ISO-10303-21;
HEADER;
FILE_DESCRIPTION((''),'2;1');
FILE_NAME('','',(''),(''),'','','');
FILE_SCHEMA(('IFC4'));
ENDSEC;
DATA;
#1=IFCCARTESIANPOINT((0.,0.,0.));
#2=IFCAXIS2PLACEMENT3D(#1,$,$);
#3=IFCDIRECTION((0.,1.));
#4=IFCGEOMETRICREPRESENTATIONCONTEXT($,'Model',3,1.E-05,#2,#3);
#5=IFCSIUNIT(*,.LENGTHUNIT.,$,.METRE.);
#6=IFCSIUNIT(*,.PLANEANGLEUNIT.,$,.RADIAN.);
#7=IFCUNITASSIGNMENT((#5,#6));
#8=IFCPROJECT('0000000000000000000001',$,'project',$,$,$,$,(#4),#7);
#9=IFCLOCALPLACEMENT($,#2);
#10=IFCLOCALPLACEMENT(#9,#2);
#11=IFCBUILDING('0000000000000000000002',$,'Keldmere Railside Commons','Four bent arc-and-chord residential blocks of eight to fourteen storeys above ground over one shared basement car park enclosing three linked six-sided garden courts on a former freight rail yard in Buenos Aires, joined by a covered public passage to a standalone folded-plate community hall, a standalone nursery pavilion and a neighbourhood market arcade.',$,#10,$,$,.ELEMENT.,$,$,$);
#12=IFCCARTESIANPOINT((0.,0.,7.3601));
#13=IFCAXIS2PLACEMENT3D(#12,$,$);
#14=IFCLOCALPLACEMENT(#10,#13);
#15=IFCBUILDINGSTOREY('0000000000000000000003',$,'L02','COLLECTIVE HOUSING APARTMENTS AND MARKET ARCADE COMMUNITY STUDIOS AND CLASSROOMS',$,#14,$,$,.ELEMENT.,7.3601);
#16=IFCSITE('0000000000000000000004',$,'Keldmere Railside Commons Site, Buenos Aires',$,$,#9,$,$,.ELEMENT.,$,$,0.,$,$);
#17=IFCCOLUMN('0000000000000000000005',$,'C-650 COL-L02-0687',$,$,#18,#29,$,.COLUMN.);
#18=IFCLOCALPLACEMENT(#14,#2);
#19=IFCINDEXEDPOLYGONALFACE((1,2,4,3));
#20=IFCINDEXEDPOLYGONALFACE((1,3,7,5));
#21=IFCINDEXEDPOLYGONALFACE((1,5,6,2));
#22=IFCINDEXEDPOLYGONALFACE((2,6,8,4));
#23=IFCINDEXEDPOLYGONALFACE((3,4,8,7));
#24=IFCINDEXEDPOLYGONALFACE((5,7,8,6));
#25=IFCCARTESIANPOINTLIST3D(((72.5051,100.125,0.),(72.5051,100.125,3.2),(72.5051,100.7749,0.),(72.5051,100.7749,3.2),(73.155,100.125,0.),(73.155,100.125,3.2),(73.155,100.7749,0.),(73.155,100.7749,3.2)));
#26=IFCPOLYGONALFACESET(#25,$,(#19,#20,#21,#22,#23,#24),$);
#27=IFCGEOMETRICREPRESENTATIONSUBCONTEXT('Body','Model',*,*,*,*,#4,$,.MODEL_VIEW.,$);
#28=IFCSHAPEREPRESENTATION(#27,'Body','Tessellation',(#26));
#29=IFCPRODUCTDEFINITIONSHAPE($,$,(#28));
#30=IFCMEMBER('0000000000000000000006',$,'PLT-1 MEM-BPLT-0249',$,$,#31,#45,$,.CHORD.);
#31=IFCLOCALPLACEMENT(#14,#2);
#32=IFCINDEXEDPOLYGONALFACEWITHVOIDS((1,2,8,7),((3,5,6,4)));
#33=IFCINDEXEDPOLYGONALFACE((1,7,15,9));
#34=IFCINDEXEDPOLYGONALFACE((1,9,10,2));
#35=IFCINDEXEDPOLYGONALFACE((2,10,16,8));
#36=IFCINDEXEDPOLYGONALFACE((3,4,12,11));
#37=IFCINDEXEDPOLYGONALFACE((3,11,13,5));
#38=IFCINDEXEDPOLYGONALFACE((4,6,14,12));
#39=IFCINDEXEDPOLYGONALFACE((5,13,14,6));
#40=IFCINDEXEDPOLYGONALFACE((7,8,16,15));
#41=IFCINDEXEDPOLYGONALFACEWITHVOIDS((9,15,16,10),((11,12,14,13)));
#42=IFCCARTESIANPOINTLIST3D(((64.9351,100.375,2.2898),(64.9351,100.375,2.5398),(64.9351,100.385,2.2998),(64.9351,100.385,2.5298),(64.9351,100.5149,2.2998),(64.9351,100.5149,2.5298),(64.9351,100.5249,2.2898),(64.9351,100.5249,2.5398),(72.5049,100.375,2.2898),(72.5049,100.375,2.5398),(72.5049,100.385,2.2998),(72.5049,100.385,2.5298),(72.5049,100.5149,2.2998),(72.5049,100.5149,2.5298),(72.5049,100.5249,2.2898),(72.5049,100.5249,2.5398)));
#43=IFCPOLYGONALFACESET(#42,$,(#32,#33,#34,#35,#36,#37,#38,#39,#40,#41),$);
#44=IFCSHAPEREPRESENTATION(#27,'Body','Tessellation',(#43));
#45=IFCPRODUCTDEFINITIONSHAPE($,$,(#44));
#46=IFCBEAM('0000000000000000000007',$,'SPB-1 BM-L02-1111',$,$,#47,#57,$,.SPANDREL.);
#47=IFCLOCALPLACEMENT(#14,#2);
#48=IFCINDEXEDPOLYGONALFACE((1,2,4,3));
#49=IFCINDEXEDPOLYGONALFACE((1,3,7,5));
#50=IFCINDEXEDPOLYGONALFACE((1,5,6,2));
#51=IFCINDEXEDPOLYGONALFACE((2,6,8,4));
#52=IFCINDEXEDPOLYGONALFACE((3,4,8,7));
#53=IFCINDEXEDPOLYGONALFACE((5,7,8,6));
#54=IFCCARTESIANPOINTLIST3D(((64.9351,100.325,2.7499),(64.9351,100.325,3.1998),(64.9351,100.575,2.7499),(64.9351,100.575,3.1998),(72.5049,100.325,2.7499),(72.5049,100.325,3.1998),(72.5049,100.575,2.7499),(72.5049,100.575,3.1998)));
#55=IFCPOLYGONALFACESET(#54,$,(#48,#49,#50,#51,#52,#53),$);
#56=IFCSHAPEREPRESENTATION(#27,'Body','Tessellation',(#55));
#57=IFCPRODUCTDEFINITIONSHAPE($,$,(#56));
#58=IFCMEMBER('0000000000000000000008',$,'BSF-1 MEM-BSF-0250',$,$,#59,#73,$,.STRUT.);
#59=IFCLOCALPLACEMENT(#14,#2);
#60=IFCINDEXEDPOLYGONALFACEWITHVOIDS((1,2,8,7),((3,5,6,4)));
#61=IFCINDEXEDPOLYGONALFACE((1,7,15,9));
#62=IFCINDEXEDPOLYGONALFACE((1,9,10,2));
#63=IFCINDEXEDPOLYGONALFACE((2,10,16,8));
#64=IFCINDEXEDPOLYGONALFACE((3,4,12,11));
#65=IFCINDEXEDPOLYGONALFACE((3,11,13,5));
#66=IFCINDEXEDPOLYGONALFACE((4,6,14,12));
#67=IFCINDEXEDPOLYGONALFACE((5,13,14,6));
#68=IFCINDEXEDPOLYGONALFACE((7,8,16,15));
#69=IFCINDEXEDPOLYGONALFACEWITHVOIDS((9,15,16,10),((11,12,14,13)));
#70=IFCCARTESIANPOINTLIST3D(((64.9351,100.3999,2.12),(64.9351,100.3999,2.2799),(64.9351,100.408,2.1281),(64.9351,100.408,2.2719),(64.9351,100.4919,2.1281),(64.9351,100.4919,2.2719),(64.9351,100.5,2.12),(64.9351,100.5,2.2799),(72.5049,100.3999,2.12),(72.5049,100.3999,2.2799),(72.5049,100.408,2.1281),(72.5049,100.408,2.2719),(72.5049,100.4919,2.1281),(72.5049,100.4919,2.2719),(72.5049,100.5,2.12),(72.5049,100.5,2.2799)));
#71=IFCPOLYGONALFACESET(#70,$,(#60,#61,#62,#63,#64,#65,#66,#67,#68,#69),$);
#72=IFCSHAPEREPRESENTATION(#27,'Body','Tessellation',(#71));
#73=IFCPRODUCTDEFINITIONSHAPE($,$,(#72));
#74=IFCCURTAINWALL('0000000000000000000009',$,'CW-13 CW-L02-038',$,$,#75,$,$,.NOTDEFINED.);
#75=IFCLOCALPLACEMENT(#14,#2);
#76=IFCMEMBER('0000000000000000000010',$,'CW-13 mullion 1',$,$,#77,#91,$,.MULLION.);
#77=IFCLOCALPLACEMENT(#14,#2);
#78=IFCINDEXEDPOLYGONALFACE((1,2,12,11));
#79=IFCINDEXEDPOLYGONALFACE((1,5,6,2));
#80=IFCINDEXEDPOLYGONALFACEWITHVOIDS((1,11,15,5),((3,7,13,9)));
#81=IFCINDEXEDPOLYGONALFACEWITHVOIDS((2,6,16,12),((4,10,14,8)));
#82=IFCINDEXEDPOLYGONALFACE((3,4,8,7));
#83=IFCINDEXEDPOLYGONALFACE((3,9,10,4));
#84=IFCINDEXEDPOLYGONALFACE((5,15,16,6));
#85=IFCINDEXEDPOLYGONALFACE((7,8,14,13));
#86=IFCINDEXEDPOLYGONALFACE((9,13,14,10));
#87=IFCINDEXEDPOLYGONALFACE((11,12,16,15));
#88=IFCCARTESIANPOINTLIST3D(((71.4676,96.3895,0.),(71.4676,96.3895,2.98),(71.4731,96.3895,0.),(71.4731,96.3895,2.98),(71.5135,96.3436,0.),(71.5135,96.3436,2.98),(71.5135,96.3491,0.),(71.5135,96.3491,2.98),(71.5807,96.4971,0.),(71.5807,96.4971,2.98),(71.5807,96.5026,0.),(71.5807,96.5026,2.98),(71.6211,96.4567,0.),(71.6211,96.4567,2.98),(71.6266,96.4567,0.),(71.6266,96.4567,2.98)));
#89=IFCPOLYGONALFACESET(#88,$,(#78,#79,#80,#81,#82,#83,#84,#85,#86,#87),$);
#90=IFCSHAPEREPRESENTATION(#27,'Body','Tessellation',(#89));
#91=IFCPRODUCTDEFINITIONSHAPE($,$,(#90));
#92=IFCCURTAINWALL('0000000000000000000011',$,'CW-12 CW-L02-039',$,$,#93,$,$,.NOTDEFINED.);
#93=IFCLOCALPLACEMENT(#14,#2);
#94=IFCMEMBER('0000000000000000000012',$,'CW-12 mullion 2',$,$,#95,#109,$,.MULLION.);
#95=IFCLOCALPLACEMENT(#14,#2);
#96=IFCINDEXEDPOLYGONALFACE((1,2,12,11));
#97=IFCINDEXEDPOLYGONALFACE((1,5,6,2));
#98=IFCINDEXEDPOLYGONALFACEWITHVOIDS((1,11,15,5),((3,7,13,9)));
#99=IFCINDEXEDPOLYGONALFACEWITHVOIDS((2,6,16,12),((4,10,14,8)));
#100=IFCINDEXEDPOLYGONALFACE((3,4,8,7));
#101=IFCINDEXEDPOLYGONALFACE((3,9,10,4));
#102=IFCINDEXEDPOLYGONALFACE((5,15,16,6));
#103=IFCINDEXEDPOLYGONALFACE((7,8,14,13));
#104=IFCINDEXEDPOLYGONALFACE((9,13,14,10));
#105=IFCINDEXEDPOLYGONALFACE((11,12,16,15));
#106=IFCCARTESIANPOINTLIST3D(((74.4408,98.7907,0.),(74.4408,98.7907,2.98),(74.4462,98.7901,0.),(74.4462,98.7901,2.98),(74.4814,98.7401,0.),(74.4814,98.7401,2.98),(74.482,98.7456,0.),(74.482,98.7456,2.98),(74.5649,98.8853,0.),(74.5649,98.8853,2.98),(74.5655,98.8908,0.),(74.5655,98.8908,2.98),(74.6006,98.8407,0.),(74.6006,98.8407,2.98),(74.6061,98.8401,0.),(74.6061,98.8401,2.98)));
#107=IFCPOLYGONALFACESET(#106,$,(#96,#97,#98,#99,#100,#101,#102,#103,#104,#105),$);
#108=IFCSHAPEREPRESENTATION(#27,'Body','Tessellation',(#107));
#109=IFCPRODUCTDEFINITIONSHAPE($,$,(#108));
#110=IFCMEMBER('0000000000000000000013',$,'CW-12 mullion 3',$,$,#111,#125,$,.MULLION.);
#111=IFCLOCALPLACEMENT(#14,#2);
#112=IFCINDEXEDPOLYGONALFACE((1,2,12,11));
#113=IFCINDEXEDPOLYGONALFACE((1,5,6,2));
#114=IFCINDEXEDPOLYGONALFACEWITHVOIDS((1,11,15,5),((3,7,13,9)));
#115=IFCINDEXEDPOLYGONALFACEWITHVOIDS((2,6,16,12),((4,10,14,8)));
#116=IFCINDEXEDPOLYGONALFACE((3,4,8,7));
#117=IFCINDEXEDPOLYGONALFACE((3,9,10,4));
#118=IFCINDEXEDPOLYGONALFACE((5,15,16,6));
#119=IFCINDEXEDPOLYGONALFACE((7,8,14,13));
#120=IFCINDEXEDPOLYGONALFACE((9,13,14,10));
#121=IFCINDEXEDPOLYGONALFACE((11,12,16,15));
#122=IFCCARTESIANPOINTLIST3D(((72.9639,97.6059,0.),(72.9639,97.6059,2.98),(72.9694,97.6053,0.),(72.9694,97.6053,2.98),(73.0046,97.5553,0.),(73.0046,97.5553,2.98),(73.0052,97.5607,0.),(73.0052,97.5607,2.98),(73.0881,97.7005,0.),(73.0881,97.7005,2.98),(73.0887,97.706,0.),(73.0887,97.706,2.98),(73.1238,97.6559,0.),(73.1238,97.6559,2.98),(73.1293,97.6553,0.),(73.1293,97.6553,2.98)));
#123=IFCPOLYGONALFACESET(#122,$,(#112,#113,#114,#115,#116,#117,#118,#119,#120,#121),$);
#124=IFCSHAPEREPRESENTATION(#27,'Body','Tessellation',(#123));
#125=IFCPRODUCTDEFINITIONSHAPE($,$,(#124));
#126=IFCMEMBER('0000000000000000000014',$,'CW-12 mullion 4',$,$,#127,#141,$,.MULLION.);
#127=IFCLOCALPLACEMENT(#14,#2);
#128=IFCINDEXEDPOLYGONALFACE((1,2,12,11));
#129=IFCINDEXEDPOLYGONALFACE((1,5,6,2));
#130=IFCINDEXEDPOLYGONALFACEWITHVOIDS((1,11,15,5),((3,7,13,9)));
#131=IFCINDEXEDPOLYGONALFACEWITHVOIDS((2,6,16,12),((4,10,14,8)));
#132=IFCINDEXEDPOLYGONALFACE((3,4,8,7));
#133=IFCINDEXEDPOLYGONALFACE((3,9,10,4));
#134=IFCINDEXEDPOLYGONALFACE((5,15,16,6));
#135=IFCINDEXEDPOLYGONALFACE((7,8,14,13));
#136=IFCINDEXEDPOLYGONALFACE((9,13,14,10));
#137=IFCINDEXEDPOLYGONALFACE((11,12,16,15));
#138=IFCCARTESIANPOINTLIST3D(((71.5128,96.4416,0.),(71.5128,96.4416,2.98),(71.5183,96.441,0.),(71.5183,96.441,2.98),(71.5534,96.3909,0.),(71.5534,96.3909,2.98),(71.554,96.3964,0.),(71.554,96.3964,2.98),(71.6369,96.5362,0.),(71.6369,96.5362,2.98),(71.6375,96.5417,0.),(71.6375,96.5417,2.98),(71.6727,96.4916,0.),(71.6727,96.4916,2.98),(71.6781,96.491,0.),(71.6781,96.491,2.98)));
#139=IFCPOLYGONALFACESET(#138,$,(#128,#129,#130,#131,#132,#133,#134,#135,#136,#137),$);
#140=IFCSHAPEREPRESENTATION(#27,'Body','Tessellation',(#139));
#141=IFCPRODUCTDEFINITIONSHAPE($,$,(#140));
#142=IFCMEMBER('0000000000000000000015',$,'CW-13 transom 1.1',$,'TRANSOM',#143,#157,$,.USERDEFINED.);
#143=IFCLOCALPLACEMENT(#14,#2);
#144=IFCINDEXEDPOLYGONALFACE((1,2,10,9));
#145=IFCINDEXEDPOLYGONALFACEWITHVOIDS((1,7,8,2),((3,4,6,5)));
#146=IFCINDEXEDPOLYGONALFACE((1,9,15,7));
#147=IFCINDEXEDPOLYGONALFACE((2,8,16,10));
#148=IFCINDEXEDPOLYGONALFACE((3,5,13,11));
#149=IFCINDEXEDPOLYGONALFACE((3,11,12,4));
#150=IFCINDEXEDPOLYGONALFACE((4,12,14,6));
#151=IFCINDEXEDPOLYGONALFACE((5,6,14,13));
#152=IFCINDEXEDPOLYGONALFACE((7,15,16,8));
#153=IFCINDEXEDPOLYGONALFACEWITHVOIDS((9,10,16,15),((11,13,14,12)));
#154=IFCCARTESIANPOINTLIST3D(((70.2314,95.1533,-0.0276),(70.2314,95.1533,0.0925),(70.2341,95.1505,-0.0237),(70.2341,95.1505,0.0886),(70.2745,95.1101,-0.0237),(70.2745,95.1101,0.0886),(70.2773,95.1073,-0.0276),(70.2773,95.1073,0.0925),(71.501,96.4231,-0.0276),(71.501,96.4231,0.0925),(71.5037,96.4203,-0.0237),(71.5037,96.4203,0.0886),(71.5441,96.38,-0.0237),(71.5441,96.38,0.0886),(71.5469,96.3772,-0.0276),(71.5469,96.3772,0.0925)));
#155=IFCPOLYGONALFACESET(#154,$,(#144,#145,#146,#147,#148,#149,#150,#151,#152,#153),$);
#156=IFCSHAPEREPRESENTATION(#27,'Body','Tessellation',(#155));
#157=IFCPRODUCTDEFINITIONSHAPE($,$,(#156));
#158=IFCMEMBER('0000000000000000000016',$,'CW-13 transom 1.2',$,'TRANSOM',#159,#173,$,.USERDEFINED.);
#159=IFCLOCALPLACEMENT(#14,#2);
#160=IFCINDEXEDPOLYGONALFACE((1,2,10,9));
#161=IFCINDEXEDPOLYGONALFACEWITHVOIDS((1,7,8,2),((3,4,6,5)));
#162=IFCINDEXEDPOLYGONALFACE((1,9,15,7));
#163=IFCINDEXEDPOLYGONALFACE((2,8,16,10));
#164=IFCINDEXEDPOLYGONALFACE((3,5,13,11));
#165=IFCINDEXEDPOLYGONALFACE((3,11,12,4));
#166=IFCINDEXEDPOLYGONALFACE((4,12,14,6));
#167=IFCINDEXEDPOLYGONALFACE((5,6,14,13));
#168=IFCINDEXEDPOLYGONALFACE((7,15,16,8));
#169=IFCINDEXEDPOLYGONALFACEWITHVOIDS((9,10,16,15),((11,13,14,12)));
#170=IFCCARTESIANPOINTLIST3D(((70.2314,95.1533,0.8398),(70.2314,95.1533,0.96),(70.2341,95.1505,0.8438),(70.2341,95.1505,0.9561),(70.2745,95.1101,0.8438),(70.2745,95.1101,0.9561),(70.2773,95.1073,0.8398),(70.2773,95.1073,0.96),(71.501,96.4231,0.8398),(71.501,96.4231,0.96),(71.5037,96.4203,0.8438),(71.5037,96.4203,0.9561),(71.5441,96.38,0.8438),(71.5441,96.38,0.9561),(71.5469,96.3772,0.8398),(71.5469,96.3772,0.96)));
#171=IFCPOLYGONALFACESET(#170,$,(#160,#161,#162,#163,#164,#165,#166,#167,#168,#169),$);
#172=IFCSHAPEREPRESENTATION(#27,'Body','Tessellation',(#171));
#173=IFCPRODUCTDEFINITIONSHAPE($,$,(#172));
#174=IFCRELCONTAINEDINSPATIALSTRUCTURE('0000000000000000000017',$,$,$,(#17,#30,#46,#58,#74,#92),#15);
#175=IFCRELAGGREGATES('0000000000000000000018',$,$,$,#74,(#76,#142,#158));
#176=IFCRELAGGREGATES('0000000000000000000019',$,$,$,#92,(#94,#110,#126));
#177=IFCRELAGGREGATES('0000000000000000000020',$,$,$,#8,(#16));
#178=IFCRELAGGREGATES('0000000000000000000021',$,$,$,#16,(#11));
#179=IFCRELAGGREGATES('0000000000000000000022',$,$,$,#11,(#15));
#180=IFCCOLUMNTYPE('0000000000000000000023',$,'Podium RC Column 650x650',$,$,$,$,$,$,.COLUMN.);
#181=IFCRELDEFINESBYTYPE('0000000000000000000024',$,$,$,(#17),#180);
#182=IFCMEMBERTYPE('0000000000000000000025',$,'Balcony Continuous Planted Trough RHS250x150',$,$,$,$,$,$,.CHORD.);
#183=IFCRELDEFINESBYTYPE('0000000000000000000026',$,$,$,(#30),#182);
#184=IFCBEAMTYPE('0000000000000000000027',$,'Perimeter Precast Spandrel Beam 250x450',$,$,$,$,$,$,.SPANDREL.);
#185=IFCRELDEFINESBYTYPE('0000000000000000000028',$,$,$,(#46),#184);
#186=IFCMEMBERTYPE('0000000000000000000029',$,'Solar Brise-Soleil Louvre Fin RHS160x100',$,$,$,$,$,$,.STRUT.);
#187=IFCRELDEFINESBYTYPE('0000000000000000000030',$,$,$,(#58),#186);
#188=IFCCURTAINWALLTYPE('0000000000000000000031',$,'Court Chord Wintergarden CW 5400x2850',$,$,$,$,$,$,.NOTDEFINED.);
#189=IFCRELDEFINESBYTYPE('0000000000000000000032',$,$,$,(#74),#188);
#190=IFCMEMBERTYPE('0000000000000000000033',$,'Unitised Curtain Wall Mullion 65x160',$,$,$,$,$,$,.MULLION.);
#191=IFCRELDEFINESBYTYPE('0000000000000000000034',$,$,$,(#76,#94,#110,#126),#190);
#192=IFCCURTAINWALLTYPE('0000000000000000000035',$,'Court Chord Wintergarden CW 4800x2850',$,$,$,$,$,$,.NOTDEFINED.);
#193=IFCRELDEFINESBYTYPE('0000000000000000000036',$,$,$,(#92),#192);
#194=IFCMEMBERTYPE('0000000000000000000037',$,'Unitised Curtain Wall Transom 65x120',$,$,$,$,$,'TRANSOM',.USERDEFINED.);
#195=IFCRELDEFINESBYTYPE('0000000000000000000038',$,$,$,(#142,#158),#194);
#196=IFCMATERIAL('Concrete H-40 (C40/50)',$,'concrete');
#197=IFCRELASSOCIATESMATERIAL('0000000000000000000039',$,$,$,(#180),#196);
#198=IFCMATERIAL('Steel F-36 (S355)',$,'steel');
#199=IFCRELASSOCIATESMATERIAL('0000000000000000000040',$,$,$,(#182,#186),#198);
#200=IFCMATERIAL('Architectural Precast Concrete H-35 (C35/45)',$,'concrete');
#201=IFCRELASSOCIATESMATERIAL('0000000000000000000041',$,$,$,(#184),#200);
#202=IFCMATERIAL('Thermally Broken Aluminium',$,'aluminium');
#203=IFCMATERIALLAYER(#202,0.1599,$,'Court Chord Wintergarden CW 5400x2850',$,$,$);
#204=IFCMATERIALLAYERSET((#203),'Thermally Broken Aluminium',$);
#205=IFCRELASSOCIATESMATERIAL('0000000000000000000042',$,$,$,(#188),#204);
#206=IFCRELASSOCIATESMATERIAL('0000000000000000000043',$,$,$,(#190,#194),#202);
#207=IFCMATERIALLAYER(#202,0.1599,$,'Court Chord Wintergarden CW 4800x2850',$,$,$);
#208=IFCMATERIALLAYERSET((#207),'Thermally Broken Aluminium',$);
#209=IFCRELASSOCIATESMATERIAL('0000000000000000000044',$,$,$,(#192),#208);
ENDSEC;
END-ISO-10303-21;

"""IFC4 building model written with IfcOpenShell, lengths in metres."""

from ifc_helpers import new_model, si_unit, direction, frame, origin, origin_2d, place, context, subcontext, project, spatial, rectangle, hollow_rectangle, extrude, material, layer, layer_set, material_profile, profile_set, type_object, element, aggregate, save


model = new_model("IFC4")

# Units and contexts
model_context = context("Model", 3, precision=1e-05, world=origin(), true_north=direction((0.0, 1.0)))
body_context = subcontext(model_context, "Body", "Model", "MODEL_VIEW")
ifc_project = project(units=[si_unit("LENGTHUNIT", "METRE"), si_unit("PLANEANGLEUNIT", "RADIAN")], contexts=[model_context])

# Site, building, storey
site_placement = place(None, origin())
site = spatial("IfcSite", under=ifc_project, at=site_placement, Name="Keldmere Railside Commons Site, Buenos Aires", CompositionType="ELEMENT", RefElevation=0.0)
building_placement = place(site_placement, origin())
building = spatial("IfcBuilding", under=site, at=building_placement, Name="Keldmere Railside Commons", Description="Four bent arc-and-chord residential blocks of eight to fourteen storeys above ground over one shared basement car park enclosing three linked six-sided garden courts on a former freight rail yard in Buenos Aires, joined by a covered public passage to a standalone folded-plate community hall, a standalone nursery pavilion and a neighbourhood market arcade.", CompositionType="ELEMENT")
storey_placement = place(building_placement, frame((0.0, 0.0, 7.3601)))
storey = spatial("IfcBuildingStorey", under=building, at=storey_placement, Name="L02", Description="COLLECTIVE HOUSING APARTMENTS AND MARKET ARCADE COMMUNITY STUDIOS AND CLASSROOMS", CompositionType="ELEMENT", Elevation=7.3601)

# Column
ifc_material_1 = material(Name="Concrete H-40 (C40/50)", Category="concrete")
ifc_material_profile_1 = material_profile(ifc_material_1, rectangle(XDim=0.6499, YDim=0.6499, at=origin_2d()), Name="RC-650x650")
ifc_profile_set_1 = profile_set([ifc_material_profile_1], Name="Concrete H-40 (C40/50)")
column_type = type_object("IfcColumnType", Name="Podium RC Column 650x650", PredefinedType="COLUMN", material=ifc_profile_set_1)
column_placement = place(storey_placement, frame((72.8301, 100.45, 0.0), z_axis=(0.0, 0.0, 1.0), x_axis=(1.0, 0.0, 0.0)))
element("IfcColumn", 1, at=column_placement, inside=storey, type_object=column_type, Name="C-650 COL-L02-0687", PredefinedType="COLUMN", context=body_context, shape_type="SweptSolid", body=[
    extrude(rectangle(XDim=0.6499, YDim=0.6499, at=origin_2d()), origin(), (0.0, 0.0, 1.0), 3.2),
])

# Member
ifc_material_2 = material(Name="Steel F-36 (S355)", Category="steel")
ifc_material_profile_2 = material_profile(ifc_material_2, hollow_rectangle(XDim=0.1499, YDim=0.25, WallThickness=0.01, at=origin_2d()), Name="RHS-250x150x10")
ifc_profile_set_2 = profile_set([ifc_material_profile_2], Name="Steel F-36 (S355)")
member_type_1 = type_object("IfcMemberType", Name="Balcony Continuous Planted Trough RHS250x150", PredefinedType="CHORD", material=ifc_profile_set_2)
member_1_placement = place(storey_placement, frame((64.9351, 100.45, 2.4148), z_axis=(1.0, 0.0, 0.0), x_axis=(0.0, 1.0, 0.0)))
element("IfcMember", 2, at=member_1_placement, inside=storey, type_object=member_type_1, Name="PLT-1 MEM-BPLT-0249", PredefinedType="CHORD", context=body_context, shape_type="SweptSolid", body=[
    extrude(hollow_rectangle(XDim=0.1499, YDim=0.25, WallThickness=0.01, at=origin_2d()), origin(), (0.0, 0.0, 1.0), 7.5698),
])

# Beam
ifc_material_3 = material(Name="Architectural Precast Concrete H-35 (C35/45)", Category="concrete")
ifc_material_profile_3 = material_profile(ifc_material_3, rectangle(XDim=0.25, YDim=0.45, at=origin_2d()), Name="RC-250x450")
ifc_profile_set_3 = profile_set([ifc_material_profile_3], Name="Architectural Precast Concrete H-35 (C35/45)")
beam_type = type_object("IfcBeamType", Name="Perimeter Precast Spandrel Beam 250x450", PredefinedType="SPANDREL", material=ifc_profile_set_3)
beam_placement = place(storey_placement, frame((64.9351, 100.45, 2.9749), z_axis=(1.0, 0.0, 0.0), x_axis=(0.0, 1.0, 0.0)))
element("IfcBeam", 3, at=beam_placement, inside=storey, type_object=beam_type, Name="SPB-1 BM-L02-1111", PredefinedType="SPANDREL", context=body_context, shape_type="SweptSolid", body=[
    extrude(rectangle(XDim=0.25, YDim=0.45, at=origin_2d()), origin(), (0.0, 0.0, 1.0), 7.5698),
])

# Member
ifc_material_profile_4 = material_profile(ifc_material_2, hollow_rectangle(XDim=0.1001, YDim=0.1599, WallThickness=0.0081, at=origin_2d()), Name="RHS-160x100x8")
ifc_profile_set_4 = profile_set([ifc_material_profile_4], Name="Steel F-36 (S355)")
member_type_2 = type_object("IfcMemberType", Name="Solar Brise-Soleil Louvre Fin RHS160x100", PredefinedType="STRUT", material=ifc_profile_set_4)
member_2_placement = place(storey_placement, frame((64.9351, 100.45, 2.2), z_axis=(1.0, 0.0, 0.0), x_axis=(0.0, 1.0, 0.0)))
element("IfcMember", 4, at=member_2_placement, inside=storey, type_object=member_type_2, Name="BSF-1 MEM-BSF-0250", PredefinedType="STRUT", context=body_context, shape_type="SweptSolid", body=[
    extrude(hollow_rectangle(XDim=0.1001, YDim=0.1599, WallThickness=0.0081, at=origin_2d()), origin(), (0.0, 0.0, 1.0), 7.5698),
])

# Curtain wall, member
ifc_material_4 = material(Name="Thermally Broken Aluminium", Category="aluminium")
ifc_layer_1 = layer(ifc_material_4, 0.1599, Name="Court Chord Wintergarden CW 5400x2850")
ifc_layer_set_1 = layer_set([ifc_layer_1], Name="Thermally Broken Aluminium")
curtain_wall_type_1 = type_object("IfcCurtainWallType", Name="Court Chord Wintergarden CW 5400x2850", PredefinedType="NOTDEFINED", material=ifc_layer_set_1)
curtain_wall_1_placement = place(storey_placement, origin())
curtain_wall_1 = element("IfcCurtainWall", 5, at=curtain_wall_1_placement, inside=storey, type_object=curtain_wall_type_1, Name="CW-13 CW-L02-038", PredefinedType="NOTDEFINED")
ifc_material_profile_5 = material_profile(ifc_material_4, hollow_rectangle(XDim=0.0649, YDim=0.1599, WallThickness=0.0039, at=origin_2d()), Name="ALU-MULL-65x160")
ifc_profile_set_5 = profile_set([ifc_material_profile_5], Name="Thermally Broken Aluminium")
member_type_3 = type_object("IfcMemberType", Name="Unitised Curtain Wall Mullion 65x160", PredefinedType="MULLION", material=ifc_profile_set_5)
member_3_placement = place(storey_placement, frame((71.5471, 96.4231, 0.0), z_axis=(0.0, 0.0, 1.0), x_axis=(0.707107, -0.707107, 0.0)))
member_3 = element("IfcMember", 6, at=member_3_placement, type_object=member_type_3, Name="CW-13 mullion 1", PredefinedType="MULLION", context=body_context, shape_type="SweptSolid", body=[
    extrude(hollow_rectangle(XDim=0.0649, YDim=0.1599, WallThickness=0.0039, at=origin_2d()), origin(), (0.0, 0.0, 1.0), 2.98),
])

# Curtain wall, members
ifc_layer_2 = layer(ifc_material_4, 0.1599, Name="Court Chord Wintergarden CW 4800x2850")
ifc_layer_set_2 = layer_set([ifc_layer_2], Name="Thermally Broken Aluminium")
curtain_wall_type_2 = type_object("IfcCurtainWallType", Name="Court Chord Wintergarden CW 4800x2850", PredefinedType="NOTDEFINED", material=ifc_layer_set_2)
curtain_wall_2_placement = place(storey_placement, origin())
curtain_wall_2 = element("IfcCurtainWall", 7, at=curtain_wall_2_placement, inside=storey, type_object=curtain_wall_type_2, Name="CW-12 CW-L02-039", PredefinedType="NOTDEFINED")
member_4_placement = place(storey_placement, frame((74.5234, 98.8154, 0.0), z_axis=(0.0, 0.0, 1.0), x_axis=(0.625768, -0.780009, 0.0)))
member_4 = element("IfcMember", 8, at=member_4_placement, type_object=member_type_3, Name="CW-12 mullion 2", PredefinedType="MULLION", context=body_context, shape_type="SweptSolid", body=[
    extrude(hollow_rectangle(XDim=0.0649, YDim=0.1599, WallThickness=0.0039, at=origin_2d()), origin(), (0.0, 0.0, 1.0), 2.98),
])
member_5_placement = place(storey_placement, frame((73.0466, 97.6306, 0.0), z_axis=(0.0, 0.0, 1.0), x_axis=(0.625768, -0.780009, 0.0)))
member_5 = element("IfcMember", 9, at=member_5_placement, type_object=member_type_3, Name="CW-12 mullion 3", PredefinedType="MULLION", context=body_context, shape_type="SweptSolid", body=[
    extrude(hollow_rectangle(XDim=0.0649, YDim=0.1599, WallThickness=0.0039, at=origin_2d()), origin(), (0.0, 0.0, 1.0), 2.98),
])
member_6_placement = place(storey_placement, frame((71.5955, 96.4663, 0.0), z_axis=(0.0, 0.0, 1.0), x_axis=(0.625768, -0.780009, 0.0)))
member_6 = element("IfcMember", 10, at=member_6_placement, type_object=member_type_3, Name="CW-12 mullion 4", PredefinedType="MULLION", context=body_context, shape_type="SweptSolid", body=[
    extrude(hollow_rectangle(XDim=0.0649, YDim=0.1599, WallThickness=0.0039, at=origin_2d()), origin(), (0.0, 0.0, 1.0), 2.98),
])

# Members
ifc_material_profile_6 = material_profile(ifc_material_4, hollow_rectangle(XDim=0.0649, YDim=0.1201, WallThickness=0.0039, at=origin_2d()), Name="ALU-TRAN-65x120")
ifc_profile_set_6 = profile_set([ifc_material_profile_6], Name="Thermally Broken Aluminium")
member_type_4 = type_object("IfcMemberType", Name="Unitised Curtain Wall Transom 65x120", ElementType="TRANSOM", PredefinedType="USERDEFINED", material=ifc_profile_set_6)
member_7_placement = place(storey_placement, frame((71.5239, 96.4001, 0.0325), z_axis=(-0.707039, -0.707175, 0.0), x_axis=(0.707175, -0.707039, 0.0)))
member_7 = element("IfcMember", 11, at=member_7_placement, type_object=member_type_4, Name="CW-13 transom 1.1", ObjectType="TRANSOM", PredefinedType="USERDEFINED", context=body_context, shape_type="SweptSolid", body=[
    extrude(hollow_rectangle(XDim=0.0649, YDim=0.1201, WallThickness=0.0039, at=origin_2d()), origin(), (0.0, 0.0, 1.0), 1.7957),
])
member_8_placement = place(storey_placement, frame((71.5239, 96.4001, 0.8999), z_axis=(-0.707039, -0.707175, 0.0), x_axis=(0.707175, -0.707039, 0.0)))
member_8 = element("IfcMember", 12, at=member_8_placement, type_object=member_type_4, Name="CW-13 transom 1.2", ObjectType="TRANSOM", PredefinedType="USERDEFINED", context=body_context, shape_type="SweptSolid", body=[
    extrude(hollow_rectangle(XDim=0.0649, YDim=0.1201, WallThickness=0.0039, at=origin_2d()), origin(), (0.0, 0.0, 1.0), 1.7957),
])

aggregate(curtain_wall_1, [member_3, member_7, member_8])
aggregate(curtain_wall_2, [member_4, member_5, member_6])

save(model, "model.ifc")
